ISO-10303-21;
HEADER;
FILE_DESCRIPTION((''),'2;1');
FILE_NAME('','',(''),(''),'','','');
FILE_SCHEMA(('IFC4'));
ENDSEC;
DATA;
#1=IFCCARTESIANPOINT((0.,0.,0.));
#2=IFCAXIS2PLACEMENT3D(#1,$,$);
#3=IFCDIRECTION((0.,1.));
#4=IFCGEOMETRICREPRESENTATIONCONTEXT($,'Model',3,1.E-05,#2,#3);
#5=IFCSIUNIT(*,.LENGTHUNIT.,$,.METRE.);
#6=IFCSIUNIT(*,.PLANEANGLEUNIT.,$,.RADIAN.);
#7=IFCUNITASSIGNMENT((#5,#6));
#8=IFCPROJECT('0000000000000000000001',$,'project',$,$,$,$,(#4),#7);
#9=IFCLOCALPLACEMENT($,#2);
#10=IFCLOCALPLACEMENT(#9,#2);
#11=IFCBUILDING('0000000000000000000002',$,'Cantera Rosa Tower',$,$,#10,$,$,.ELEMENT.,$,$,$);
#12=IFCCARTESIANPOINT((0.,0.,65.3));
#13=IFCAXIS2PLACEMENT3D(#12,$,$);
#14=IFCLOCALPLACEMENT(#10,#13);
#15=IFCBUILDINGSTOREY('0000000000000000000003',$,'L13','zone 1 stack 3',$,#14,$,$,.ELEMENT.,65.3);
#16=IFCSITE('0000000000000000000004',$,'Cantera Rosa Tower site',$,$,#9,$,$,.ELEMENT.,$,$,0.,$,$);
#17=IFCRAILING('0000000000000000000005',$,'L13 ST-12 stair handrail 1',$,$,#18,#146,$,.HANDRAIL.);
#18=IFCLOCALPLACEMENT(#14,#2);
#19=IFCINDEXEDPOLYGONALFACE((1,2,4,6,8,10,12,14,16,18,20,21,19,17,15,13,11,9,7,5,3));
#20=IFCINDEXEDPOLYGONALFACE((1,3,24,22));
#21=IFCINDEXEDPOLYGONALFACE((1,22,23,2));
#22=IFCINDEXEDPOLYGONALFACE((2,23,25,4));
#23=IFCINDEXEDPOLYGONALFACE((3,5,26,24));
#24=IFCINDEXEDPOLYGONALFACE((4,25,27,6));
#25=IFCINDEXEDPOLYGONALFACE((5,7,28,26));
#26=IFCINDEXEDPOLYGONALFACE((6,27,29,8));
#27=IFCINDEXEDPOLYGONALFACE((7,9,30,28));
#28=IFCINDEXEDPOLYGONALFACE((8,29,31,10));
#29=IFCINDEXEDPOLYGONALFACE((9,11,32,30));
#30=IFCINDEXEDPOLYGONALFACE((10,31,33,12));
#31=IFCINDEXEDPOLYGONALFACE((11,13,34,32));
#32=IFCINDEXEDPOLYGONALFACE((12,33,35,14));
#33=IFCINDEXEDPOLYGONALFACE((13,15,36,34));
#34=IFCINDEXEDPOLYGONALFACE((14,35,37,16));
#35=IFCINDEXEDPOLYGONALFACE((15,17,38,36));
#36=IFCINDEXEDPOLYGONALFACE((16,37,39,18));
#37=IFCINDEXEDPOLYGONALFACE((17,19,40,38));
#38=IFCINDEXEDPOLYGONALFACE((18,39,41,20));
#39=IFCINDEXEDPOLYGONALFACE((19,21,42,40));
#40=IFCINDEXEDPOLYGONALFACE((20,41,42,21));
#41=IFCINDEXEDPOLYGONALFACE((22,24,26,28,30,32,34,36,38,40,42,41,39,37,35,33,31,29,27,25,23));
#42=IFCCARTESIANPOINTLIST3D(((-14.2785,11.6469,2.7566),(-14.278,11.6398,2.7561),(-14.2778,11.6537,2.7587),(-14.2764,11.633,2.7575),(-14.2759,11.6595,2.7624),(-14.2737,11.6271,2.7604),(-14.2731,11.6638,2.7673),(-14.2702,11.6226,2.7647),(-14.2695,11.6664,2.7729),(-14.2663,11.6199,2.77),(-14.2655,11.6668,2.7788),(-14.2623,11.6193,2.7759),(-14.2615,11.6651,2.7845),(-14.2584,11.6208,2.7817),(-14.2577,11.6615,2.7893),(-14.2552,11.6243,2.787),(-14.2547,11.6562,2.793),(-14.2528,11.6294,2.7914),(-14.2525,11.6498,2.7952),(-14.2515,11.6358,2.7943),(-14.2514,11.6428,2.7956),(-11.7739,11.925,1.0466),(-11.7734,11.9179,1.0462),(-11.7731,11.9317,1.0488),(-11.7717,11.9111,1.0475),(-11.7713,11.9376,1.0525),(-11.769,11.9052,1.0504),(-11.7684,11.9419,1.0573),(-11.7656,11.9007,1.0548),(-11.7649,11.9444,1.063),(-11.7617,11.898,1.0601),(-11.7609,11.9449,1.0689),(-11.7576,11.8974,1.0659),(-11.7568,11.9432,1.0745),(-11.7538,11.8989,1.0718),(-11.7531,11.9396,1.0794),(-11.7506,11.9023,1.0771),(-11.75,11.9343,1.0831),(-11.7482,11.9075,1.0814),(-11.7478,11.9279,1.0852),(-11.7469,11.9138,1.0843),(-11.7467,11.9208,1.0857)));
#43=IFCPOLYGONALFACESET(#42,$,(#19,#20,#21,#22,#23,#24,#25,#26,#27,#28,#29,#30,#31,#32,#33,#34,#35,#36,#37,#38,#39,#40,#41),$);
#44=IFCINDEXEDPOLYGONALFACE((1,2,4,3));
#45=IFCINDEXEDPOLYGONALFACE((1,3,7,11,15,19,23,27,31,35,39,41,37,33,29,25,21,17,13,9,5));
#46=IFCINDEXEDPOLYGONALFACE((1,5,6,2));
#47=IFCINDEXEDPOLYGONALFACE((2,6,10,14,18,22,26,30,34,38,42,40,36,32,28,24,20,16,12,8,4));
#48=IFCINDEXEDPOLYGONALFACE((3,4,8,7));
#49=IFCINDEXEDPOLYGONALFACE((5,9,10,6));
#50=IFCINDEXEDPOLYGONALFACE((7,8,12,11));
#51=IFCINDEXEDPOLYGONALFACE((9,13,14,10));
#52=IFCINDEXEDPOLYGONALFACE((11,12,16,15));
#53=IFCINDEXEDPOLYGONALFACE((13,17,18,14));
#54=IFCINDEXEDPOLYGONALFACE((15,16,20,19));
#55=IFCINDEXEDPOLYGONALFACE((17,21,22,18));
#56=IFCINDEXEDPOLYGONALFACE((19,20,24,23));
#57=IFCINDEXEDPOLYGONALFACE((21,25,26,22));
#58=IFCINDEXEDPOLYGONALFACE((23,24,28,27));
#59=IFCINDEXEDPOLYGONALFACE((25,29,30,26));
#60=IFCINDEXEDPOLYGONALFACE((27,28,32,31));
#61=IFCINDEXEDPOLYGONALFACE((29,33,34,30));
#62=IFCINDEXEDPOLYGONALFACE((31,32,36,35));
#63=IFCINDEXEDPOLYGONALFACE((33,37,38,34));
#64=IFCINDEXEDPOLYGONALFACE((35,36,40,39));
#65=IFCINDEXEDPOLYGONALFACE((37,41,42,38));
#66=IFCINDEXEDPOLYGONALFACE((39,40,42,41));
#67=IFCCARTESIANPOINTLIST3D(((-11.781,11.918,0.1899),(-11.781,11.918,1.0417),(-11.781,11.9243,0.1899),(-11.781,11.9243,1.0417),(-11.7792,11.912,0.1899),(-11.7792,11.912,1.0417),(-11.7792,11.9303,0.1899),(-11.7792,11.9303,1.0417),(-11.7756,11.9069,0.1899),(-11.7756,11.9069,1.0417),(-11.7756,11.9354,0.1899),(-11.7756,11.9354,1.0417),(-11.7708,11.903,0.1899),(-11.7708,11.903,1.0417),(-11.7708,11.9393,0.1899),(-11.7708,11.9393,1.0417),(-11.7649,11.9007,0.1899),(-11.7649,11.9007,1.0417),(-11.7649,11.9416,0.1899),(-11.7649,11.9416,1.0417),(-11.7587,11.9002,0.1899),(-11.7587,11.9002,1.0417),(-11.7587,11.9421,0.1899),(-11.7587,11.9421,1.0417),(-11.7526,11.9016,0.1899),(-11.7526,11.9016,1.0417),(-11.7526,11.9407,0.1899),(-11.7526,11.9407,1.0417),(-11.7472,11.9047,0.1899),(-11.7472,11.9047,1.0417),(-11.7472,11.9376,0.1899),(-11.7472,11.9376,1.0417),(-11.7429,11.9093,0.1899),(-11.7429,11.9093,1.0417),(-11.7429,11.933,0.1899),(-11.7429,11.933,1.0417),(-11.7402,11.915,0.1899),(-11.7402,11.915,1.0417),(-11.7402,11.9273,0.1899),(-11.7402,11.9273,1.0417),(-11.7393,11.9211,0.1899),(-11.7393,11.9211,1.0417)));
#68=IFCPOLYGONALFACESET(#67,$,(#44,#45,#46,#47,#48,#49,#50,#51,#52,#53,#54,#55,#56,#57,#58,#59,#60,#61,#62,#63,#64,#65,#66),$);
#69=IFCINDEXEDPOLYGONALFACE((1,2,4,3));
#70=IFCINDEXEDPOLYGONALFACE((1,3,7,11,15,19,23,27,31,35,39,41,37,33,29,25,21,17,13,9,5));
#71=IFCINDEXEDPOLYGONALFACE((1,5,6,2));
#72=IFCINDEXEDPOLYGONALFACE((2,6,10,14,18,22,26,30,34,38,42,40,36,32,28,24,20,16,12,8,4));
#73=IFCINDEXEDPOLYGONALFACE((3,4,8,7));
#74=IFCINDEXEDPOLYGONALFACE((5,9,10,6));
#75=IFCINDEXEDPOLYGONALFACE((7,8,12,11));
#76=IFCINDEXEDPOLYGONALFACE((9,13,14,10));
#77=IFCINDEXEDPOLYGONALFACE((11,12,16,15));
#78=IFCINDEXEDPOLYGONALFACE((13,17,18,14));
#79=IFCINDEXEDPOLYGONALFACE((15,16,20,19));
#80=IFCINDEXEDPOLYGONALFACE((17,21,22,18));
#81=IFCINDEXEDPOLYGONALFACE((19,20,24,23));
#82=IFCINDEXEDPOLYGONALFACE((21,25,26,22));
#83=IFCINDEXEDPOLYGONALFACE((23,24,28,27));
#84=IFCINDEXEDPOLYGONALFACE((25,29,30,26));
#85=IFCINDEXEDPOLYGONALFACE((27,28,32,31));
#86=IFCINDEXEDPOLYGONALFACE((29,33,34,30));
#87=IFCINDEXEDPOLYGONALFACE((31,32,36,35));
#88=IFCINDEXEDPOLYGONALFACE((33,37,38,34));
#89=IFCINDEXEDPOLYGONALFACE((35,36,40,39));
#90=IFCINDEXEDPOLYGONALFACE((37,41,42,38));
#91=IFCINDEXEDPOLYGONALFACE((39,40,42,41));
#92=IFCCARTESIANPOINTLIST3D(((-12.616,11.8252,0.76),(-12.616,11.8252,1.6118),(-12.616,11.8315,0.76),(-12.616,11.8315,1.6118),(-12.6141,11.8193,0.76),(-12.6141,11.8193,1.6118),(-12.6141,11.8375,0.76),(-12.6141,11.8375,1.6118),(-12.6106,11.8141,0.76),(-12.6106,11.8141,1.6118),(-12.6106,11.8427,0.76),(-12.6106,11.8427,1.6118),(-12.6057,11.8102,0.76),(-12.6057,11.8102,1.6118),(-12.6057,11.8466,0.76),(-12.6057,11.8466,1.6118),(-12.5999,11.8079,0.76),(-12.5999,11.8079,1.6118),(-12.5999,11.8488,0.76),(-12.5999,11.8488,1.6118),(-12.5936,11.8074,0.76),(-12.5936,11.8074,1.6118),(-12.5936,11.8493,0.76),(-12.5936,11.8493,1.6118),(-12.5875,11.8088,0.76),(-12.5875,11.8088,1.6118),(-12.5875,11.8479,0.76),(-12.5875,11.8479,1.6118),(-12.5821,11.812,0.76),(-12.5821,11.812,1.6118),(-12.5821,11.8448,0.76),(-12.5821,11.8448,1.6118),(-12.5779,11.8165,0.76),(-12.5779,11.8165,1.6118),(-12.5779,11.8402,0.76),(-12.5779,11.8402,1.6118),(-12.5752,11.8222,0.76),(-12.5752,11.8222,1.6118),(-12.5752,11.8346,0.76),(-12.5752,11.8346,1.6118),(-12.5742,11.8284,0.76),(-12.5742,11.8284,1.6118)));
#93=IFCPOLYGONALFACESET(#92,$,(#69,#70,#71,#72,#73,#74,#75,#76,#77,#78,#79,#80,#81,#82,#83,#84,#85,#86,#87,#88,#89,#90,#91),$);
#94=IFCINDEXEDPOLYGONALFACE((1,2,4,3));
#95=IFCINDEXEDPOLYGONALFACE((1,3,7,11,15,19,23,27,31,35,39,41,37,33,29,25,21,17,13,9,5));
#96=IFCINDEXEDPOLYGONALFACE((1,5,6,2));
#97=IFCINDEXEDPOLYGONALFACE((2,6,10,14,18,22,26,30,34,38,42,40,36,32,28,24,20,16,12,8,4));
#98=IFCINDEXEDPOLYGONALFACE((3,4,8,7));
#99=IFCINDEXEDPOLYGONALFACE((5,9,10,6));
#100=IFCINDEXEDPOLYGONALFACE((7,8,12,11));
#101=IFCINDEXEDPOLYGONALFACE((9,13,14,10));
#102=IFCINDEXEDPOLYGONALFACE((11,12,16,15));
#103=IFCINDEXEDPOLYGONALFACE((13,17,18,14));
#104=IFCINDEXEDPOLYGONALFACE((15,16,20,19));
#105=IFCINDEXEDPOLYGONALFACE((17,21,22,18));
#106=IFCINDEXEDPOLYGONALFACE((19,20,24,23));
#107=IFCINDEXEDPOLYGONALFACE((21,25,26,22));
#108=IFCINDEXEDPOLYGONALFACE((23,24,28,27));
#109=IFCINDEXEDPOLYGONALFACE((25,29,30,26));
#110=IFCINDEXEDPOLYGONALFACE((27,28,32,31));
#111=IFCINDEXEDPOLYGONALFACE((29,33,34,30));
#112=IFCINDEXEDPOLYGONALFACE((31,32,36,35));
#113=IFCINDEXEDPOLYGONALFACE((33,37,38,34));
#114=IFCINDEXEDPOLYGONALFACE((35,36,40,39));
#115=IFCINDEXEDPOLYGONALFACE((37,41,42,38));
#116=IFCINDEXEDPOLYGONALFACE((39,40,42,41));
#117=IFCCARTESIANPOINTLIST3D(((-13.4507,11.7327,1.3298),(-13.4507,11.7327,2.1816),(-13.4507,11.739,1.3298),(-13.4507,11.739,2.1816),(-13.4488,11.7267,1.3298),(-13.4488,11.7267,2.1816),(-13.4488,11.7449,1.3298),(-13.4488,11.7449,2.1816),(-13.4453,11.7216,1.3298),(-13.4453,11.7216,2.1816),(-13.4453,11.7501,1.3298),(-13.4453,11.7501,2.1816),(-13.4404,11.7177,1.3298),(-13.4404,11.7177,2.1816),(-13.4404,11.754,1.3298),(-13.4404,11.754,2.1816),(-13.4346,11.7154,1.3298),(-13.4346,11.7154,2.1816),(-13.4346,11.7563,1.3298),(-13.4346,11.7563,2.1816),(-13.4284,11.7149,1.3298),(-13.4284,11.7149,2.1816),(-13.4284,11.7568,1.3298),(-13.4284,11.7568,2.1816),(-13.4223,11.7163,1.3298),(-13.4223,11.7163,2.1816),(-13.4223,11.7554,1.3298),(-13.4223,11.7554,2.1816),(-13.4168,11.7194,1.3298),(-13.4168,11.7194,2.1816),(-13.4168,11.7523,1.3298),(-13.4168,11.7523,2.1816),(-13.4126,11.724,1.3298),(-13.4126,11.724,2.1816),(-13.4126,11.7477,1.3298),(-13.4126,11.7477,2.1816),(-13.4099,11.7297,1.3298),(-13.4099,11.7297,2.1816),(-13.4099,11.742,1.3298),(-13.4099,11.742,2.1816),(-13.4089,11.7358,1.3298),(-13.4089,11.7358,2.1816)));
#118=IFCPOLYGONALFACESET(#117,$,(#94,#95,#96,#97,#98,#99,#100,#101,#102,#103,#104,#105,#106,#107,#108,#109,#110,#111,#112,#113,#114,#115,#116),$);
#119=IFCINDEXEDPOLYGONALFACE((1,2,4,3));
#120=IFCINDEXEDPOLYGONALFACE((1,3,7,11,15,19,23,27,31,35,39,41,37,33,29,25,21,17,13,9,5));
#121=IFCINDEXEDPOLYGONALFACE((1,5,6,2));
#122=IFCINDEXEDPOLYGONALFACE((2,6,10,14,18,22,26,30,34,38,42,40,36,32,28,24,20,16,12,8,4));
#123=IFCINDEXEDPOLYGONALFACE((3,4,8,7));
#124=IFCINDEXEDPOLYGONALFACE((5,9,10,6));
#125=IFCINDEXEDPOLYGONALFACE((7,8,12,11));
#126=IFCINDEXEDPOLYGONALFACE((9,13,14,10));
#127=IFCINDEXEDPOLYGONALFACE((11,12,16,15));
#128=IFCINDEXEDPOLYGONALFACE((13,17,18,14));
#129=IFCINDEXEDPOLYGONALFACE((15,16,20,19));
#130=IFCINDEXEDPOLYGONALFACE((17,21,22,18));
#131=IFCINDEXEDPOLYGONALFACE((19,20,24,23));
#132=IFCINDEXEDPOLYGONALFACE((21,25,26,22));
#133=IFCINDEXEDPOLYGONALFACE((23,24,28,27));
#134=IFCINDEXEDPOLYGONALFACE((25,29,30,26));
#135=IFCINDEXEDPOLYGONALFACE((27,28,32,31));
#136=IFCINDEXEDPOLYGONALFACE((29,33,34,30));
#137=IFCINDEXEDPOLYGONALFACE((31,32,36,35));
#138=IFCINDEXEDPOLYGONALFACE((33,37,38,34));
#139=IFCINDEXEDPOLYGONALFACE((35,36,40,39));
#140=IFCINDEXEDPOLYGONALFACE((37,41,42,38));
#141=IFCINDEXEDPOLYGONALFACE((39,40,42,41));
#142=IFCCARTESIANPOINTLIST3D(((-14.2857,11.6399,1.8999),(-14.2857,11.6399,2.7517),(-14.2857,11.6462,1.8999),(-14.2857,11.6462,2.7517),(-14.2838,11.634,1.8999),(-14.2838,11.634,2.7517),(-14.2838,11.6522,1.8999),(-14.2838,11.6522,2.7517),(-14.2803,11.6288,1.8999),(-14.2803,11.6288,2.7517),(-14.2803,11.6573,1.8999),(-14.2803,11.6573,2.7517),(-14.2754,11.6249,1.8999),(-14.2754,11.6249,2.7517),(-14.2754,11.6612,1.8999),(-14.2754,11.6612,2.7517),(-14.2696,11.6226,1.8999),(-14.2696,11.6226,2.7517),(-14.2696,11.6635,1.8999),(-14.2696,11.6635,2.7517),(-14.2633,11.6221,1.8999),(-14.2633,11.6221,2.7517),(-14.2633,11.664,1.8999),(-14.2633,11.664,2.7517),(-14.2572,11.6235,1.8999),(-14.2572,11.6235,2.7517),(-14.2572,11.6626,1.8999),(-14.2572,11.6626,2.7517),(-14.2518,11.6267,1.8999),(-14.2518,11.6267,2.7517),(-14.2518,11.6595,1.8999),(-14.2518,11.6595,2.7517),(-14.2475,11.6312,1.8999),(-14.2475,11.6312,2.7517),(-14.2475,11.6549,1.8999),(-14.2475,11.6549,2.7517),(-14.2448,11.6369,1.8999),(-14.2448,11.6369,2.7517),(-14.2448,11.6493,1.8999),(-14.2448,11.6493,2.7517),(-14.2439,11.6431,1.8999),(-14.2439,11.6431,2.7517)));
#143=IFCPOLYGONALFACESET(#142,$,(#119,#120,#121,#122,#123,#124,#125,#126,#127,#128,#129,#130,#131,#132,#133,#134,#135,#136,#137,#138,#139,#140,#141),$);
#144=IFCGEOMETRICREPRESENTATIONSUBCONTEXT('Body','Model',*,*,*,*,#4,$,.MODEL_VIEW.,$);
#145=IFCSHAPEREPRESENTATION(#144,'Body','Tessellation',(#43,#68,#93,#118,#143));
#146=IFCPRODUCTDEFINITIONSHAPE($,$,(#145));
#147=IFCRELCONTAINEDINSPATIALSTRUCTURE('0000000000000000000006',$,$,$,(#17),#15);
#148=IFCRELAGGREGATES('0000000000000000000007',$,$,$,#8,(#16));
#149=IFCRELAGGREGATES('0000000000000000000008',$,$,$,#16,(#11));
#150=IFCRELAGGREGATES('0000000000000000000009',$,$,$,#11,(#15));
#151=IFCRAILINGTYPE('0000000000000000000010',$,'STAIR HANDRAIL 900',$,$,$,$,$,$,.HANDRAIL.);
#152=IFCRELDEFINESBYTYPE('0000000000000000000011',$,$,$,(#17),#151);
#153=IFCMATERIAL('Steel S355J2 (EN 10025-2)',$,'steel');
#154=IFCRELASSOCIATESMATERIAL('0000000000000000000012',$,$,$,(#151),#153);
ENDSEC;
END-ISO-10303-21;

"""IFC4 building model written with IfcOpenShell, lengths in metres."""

from ifc_helpers import new_model, si_unit, direction, frame, origin, origin_2d, place, context, subcontext, project, spatial, circle, extrude, material, type_object, element, save


model = new_model("IFC4")

# Units and contexts
model_context = context("Model", 3, precision=1e-05, world=origin(), true_north=direction((0.0, 1.0)))
body_context = subcontext(model_context, "Body", "Model", "MODEL_VIEW")
ifc_project = project(units=[si_unit("LENGTHUNIT", "METRE"), si_unit("PLANEANGLEUNIT", "RADIAN")], contexts=[model_context])

# Site, building, storey
site_placement = place(None, origin())
site = spatial("IfcSite", under=ifc_project, at=site_placement, Name="Cantera Rosa Tower site", CompositionType="ELEMENT", RefElevation=0.0)
building_placement = place(site_placement, origin())
building = spatial("IfcBuilding", under=site, at=building_placement, Name="Cantera Rosa Tower", CompositionType="ELEMENT")
storey_placement = place(building_placement, frame((0.0, 0.0, 65.3)))
storey = spatial("IfcBuildingStorey", under=building, at=storey_placement, Name="L13", Description="zone 1 stack 3", CompositionType="ELEMENT", Elevation=65.3)

# Railing
ifc_material_1 = material(Name="Steel S355J2 (EN 10025-2)", Category="steel")
railing_type_1 = type_object("IfcRailingType", Name="STAIR HANDRAIL 900", PredefinedType="HANDRAIL", material=ifc_material_1)
railing_1_placement = place(storey_placement, frame((-11.7603, 11.9211, 0.1899)))
element("IfcRailing", 1, at=railing_1_placement, inside=storey, type_object=railing_type_1, Name="L13 ST-12 stair handrail 1", PredefinedType="HANDRAIL", context=body_context, shape_type="SweptSolid", body=[
    extrude(circle(Radius=0.0239, at=origin_2d()), frame((0.0, 0.0, 0.876), z_axis=(-0.822431, -0.09131, 0.561488), x_axis=(0.110346, -0.993893, 0.0)), (0.0, 0.0, 1.0), 3.0454),
    extrude(circle(Radius=0.021, at=origin_2d()), origin(), (0.0, 0.0, 1.0), 0.8518),
    extrude(circle(Radius=0.021, at=origin_2d()), frame((-0.835, -0.0928, 0.5701)), (0.0, 0.0, 1.0), 0.8518),
    extrude(circle(Radius=0.021, at=origin_2d()), frame((-1.6697, -0.1853, 1.1399)), (0.0, 0.0, 1.0), 0.8518),
    extrude(circle(Radius=0.021, at=origin_2d()), frame((-2.5046, -0.2781, 1.71)), (0.0, 0.0, 1.0), 0.8518),
])

save(model, "model.ifc")
